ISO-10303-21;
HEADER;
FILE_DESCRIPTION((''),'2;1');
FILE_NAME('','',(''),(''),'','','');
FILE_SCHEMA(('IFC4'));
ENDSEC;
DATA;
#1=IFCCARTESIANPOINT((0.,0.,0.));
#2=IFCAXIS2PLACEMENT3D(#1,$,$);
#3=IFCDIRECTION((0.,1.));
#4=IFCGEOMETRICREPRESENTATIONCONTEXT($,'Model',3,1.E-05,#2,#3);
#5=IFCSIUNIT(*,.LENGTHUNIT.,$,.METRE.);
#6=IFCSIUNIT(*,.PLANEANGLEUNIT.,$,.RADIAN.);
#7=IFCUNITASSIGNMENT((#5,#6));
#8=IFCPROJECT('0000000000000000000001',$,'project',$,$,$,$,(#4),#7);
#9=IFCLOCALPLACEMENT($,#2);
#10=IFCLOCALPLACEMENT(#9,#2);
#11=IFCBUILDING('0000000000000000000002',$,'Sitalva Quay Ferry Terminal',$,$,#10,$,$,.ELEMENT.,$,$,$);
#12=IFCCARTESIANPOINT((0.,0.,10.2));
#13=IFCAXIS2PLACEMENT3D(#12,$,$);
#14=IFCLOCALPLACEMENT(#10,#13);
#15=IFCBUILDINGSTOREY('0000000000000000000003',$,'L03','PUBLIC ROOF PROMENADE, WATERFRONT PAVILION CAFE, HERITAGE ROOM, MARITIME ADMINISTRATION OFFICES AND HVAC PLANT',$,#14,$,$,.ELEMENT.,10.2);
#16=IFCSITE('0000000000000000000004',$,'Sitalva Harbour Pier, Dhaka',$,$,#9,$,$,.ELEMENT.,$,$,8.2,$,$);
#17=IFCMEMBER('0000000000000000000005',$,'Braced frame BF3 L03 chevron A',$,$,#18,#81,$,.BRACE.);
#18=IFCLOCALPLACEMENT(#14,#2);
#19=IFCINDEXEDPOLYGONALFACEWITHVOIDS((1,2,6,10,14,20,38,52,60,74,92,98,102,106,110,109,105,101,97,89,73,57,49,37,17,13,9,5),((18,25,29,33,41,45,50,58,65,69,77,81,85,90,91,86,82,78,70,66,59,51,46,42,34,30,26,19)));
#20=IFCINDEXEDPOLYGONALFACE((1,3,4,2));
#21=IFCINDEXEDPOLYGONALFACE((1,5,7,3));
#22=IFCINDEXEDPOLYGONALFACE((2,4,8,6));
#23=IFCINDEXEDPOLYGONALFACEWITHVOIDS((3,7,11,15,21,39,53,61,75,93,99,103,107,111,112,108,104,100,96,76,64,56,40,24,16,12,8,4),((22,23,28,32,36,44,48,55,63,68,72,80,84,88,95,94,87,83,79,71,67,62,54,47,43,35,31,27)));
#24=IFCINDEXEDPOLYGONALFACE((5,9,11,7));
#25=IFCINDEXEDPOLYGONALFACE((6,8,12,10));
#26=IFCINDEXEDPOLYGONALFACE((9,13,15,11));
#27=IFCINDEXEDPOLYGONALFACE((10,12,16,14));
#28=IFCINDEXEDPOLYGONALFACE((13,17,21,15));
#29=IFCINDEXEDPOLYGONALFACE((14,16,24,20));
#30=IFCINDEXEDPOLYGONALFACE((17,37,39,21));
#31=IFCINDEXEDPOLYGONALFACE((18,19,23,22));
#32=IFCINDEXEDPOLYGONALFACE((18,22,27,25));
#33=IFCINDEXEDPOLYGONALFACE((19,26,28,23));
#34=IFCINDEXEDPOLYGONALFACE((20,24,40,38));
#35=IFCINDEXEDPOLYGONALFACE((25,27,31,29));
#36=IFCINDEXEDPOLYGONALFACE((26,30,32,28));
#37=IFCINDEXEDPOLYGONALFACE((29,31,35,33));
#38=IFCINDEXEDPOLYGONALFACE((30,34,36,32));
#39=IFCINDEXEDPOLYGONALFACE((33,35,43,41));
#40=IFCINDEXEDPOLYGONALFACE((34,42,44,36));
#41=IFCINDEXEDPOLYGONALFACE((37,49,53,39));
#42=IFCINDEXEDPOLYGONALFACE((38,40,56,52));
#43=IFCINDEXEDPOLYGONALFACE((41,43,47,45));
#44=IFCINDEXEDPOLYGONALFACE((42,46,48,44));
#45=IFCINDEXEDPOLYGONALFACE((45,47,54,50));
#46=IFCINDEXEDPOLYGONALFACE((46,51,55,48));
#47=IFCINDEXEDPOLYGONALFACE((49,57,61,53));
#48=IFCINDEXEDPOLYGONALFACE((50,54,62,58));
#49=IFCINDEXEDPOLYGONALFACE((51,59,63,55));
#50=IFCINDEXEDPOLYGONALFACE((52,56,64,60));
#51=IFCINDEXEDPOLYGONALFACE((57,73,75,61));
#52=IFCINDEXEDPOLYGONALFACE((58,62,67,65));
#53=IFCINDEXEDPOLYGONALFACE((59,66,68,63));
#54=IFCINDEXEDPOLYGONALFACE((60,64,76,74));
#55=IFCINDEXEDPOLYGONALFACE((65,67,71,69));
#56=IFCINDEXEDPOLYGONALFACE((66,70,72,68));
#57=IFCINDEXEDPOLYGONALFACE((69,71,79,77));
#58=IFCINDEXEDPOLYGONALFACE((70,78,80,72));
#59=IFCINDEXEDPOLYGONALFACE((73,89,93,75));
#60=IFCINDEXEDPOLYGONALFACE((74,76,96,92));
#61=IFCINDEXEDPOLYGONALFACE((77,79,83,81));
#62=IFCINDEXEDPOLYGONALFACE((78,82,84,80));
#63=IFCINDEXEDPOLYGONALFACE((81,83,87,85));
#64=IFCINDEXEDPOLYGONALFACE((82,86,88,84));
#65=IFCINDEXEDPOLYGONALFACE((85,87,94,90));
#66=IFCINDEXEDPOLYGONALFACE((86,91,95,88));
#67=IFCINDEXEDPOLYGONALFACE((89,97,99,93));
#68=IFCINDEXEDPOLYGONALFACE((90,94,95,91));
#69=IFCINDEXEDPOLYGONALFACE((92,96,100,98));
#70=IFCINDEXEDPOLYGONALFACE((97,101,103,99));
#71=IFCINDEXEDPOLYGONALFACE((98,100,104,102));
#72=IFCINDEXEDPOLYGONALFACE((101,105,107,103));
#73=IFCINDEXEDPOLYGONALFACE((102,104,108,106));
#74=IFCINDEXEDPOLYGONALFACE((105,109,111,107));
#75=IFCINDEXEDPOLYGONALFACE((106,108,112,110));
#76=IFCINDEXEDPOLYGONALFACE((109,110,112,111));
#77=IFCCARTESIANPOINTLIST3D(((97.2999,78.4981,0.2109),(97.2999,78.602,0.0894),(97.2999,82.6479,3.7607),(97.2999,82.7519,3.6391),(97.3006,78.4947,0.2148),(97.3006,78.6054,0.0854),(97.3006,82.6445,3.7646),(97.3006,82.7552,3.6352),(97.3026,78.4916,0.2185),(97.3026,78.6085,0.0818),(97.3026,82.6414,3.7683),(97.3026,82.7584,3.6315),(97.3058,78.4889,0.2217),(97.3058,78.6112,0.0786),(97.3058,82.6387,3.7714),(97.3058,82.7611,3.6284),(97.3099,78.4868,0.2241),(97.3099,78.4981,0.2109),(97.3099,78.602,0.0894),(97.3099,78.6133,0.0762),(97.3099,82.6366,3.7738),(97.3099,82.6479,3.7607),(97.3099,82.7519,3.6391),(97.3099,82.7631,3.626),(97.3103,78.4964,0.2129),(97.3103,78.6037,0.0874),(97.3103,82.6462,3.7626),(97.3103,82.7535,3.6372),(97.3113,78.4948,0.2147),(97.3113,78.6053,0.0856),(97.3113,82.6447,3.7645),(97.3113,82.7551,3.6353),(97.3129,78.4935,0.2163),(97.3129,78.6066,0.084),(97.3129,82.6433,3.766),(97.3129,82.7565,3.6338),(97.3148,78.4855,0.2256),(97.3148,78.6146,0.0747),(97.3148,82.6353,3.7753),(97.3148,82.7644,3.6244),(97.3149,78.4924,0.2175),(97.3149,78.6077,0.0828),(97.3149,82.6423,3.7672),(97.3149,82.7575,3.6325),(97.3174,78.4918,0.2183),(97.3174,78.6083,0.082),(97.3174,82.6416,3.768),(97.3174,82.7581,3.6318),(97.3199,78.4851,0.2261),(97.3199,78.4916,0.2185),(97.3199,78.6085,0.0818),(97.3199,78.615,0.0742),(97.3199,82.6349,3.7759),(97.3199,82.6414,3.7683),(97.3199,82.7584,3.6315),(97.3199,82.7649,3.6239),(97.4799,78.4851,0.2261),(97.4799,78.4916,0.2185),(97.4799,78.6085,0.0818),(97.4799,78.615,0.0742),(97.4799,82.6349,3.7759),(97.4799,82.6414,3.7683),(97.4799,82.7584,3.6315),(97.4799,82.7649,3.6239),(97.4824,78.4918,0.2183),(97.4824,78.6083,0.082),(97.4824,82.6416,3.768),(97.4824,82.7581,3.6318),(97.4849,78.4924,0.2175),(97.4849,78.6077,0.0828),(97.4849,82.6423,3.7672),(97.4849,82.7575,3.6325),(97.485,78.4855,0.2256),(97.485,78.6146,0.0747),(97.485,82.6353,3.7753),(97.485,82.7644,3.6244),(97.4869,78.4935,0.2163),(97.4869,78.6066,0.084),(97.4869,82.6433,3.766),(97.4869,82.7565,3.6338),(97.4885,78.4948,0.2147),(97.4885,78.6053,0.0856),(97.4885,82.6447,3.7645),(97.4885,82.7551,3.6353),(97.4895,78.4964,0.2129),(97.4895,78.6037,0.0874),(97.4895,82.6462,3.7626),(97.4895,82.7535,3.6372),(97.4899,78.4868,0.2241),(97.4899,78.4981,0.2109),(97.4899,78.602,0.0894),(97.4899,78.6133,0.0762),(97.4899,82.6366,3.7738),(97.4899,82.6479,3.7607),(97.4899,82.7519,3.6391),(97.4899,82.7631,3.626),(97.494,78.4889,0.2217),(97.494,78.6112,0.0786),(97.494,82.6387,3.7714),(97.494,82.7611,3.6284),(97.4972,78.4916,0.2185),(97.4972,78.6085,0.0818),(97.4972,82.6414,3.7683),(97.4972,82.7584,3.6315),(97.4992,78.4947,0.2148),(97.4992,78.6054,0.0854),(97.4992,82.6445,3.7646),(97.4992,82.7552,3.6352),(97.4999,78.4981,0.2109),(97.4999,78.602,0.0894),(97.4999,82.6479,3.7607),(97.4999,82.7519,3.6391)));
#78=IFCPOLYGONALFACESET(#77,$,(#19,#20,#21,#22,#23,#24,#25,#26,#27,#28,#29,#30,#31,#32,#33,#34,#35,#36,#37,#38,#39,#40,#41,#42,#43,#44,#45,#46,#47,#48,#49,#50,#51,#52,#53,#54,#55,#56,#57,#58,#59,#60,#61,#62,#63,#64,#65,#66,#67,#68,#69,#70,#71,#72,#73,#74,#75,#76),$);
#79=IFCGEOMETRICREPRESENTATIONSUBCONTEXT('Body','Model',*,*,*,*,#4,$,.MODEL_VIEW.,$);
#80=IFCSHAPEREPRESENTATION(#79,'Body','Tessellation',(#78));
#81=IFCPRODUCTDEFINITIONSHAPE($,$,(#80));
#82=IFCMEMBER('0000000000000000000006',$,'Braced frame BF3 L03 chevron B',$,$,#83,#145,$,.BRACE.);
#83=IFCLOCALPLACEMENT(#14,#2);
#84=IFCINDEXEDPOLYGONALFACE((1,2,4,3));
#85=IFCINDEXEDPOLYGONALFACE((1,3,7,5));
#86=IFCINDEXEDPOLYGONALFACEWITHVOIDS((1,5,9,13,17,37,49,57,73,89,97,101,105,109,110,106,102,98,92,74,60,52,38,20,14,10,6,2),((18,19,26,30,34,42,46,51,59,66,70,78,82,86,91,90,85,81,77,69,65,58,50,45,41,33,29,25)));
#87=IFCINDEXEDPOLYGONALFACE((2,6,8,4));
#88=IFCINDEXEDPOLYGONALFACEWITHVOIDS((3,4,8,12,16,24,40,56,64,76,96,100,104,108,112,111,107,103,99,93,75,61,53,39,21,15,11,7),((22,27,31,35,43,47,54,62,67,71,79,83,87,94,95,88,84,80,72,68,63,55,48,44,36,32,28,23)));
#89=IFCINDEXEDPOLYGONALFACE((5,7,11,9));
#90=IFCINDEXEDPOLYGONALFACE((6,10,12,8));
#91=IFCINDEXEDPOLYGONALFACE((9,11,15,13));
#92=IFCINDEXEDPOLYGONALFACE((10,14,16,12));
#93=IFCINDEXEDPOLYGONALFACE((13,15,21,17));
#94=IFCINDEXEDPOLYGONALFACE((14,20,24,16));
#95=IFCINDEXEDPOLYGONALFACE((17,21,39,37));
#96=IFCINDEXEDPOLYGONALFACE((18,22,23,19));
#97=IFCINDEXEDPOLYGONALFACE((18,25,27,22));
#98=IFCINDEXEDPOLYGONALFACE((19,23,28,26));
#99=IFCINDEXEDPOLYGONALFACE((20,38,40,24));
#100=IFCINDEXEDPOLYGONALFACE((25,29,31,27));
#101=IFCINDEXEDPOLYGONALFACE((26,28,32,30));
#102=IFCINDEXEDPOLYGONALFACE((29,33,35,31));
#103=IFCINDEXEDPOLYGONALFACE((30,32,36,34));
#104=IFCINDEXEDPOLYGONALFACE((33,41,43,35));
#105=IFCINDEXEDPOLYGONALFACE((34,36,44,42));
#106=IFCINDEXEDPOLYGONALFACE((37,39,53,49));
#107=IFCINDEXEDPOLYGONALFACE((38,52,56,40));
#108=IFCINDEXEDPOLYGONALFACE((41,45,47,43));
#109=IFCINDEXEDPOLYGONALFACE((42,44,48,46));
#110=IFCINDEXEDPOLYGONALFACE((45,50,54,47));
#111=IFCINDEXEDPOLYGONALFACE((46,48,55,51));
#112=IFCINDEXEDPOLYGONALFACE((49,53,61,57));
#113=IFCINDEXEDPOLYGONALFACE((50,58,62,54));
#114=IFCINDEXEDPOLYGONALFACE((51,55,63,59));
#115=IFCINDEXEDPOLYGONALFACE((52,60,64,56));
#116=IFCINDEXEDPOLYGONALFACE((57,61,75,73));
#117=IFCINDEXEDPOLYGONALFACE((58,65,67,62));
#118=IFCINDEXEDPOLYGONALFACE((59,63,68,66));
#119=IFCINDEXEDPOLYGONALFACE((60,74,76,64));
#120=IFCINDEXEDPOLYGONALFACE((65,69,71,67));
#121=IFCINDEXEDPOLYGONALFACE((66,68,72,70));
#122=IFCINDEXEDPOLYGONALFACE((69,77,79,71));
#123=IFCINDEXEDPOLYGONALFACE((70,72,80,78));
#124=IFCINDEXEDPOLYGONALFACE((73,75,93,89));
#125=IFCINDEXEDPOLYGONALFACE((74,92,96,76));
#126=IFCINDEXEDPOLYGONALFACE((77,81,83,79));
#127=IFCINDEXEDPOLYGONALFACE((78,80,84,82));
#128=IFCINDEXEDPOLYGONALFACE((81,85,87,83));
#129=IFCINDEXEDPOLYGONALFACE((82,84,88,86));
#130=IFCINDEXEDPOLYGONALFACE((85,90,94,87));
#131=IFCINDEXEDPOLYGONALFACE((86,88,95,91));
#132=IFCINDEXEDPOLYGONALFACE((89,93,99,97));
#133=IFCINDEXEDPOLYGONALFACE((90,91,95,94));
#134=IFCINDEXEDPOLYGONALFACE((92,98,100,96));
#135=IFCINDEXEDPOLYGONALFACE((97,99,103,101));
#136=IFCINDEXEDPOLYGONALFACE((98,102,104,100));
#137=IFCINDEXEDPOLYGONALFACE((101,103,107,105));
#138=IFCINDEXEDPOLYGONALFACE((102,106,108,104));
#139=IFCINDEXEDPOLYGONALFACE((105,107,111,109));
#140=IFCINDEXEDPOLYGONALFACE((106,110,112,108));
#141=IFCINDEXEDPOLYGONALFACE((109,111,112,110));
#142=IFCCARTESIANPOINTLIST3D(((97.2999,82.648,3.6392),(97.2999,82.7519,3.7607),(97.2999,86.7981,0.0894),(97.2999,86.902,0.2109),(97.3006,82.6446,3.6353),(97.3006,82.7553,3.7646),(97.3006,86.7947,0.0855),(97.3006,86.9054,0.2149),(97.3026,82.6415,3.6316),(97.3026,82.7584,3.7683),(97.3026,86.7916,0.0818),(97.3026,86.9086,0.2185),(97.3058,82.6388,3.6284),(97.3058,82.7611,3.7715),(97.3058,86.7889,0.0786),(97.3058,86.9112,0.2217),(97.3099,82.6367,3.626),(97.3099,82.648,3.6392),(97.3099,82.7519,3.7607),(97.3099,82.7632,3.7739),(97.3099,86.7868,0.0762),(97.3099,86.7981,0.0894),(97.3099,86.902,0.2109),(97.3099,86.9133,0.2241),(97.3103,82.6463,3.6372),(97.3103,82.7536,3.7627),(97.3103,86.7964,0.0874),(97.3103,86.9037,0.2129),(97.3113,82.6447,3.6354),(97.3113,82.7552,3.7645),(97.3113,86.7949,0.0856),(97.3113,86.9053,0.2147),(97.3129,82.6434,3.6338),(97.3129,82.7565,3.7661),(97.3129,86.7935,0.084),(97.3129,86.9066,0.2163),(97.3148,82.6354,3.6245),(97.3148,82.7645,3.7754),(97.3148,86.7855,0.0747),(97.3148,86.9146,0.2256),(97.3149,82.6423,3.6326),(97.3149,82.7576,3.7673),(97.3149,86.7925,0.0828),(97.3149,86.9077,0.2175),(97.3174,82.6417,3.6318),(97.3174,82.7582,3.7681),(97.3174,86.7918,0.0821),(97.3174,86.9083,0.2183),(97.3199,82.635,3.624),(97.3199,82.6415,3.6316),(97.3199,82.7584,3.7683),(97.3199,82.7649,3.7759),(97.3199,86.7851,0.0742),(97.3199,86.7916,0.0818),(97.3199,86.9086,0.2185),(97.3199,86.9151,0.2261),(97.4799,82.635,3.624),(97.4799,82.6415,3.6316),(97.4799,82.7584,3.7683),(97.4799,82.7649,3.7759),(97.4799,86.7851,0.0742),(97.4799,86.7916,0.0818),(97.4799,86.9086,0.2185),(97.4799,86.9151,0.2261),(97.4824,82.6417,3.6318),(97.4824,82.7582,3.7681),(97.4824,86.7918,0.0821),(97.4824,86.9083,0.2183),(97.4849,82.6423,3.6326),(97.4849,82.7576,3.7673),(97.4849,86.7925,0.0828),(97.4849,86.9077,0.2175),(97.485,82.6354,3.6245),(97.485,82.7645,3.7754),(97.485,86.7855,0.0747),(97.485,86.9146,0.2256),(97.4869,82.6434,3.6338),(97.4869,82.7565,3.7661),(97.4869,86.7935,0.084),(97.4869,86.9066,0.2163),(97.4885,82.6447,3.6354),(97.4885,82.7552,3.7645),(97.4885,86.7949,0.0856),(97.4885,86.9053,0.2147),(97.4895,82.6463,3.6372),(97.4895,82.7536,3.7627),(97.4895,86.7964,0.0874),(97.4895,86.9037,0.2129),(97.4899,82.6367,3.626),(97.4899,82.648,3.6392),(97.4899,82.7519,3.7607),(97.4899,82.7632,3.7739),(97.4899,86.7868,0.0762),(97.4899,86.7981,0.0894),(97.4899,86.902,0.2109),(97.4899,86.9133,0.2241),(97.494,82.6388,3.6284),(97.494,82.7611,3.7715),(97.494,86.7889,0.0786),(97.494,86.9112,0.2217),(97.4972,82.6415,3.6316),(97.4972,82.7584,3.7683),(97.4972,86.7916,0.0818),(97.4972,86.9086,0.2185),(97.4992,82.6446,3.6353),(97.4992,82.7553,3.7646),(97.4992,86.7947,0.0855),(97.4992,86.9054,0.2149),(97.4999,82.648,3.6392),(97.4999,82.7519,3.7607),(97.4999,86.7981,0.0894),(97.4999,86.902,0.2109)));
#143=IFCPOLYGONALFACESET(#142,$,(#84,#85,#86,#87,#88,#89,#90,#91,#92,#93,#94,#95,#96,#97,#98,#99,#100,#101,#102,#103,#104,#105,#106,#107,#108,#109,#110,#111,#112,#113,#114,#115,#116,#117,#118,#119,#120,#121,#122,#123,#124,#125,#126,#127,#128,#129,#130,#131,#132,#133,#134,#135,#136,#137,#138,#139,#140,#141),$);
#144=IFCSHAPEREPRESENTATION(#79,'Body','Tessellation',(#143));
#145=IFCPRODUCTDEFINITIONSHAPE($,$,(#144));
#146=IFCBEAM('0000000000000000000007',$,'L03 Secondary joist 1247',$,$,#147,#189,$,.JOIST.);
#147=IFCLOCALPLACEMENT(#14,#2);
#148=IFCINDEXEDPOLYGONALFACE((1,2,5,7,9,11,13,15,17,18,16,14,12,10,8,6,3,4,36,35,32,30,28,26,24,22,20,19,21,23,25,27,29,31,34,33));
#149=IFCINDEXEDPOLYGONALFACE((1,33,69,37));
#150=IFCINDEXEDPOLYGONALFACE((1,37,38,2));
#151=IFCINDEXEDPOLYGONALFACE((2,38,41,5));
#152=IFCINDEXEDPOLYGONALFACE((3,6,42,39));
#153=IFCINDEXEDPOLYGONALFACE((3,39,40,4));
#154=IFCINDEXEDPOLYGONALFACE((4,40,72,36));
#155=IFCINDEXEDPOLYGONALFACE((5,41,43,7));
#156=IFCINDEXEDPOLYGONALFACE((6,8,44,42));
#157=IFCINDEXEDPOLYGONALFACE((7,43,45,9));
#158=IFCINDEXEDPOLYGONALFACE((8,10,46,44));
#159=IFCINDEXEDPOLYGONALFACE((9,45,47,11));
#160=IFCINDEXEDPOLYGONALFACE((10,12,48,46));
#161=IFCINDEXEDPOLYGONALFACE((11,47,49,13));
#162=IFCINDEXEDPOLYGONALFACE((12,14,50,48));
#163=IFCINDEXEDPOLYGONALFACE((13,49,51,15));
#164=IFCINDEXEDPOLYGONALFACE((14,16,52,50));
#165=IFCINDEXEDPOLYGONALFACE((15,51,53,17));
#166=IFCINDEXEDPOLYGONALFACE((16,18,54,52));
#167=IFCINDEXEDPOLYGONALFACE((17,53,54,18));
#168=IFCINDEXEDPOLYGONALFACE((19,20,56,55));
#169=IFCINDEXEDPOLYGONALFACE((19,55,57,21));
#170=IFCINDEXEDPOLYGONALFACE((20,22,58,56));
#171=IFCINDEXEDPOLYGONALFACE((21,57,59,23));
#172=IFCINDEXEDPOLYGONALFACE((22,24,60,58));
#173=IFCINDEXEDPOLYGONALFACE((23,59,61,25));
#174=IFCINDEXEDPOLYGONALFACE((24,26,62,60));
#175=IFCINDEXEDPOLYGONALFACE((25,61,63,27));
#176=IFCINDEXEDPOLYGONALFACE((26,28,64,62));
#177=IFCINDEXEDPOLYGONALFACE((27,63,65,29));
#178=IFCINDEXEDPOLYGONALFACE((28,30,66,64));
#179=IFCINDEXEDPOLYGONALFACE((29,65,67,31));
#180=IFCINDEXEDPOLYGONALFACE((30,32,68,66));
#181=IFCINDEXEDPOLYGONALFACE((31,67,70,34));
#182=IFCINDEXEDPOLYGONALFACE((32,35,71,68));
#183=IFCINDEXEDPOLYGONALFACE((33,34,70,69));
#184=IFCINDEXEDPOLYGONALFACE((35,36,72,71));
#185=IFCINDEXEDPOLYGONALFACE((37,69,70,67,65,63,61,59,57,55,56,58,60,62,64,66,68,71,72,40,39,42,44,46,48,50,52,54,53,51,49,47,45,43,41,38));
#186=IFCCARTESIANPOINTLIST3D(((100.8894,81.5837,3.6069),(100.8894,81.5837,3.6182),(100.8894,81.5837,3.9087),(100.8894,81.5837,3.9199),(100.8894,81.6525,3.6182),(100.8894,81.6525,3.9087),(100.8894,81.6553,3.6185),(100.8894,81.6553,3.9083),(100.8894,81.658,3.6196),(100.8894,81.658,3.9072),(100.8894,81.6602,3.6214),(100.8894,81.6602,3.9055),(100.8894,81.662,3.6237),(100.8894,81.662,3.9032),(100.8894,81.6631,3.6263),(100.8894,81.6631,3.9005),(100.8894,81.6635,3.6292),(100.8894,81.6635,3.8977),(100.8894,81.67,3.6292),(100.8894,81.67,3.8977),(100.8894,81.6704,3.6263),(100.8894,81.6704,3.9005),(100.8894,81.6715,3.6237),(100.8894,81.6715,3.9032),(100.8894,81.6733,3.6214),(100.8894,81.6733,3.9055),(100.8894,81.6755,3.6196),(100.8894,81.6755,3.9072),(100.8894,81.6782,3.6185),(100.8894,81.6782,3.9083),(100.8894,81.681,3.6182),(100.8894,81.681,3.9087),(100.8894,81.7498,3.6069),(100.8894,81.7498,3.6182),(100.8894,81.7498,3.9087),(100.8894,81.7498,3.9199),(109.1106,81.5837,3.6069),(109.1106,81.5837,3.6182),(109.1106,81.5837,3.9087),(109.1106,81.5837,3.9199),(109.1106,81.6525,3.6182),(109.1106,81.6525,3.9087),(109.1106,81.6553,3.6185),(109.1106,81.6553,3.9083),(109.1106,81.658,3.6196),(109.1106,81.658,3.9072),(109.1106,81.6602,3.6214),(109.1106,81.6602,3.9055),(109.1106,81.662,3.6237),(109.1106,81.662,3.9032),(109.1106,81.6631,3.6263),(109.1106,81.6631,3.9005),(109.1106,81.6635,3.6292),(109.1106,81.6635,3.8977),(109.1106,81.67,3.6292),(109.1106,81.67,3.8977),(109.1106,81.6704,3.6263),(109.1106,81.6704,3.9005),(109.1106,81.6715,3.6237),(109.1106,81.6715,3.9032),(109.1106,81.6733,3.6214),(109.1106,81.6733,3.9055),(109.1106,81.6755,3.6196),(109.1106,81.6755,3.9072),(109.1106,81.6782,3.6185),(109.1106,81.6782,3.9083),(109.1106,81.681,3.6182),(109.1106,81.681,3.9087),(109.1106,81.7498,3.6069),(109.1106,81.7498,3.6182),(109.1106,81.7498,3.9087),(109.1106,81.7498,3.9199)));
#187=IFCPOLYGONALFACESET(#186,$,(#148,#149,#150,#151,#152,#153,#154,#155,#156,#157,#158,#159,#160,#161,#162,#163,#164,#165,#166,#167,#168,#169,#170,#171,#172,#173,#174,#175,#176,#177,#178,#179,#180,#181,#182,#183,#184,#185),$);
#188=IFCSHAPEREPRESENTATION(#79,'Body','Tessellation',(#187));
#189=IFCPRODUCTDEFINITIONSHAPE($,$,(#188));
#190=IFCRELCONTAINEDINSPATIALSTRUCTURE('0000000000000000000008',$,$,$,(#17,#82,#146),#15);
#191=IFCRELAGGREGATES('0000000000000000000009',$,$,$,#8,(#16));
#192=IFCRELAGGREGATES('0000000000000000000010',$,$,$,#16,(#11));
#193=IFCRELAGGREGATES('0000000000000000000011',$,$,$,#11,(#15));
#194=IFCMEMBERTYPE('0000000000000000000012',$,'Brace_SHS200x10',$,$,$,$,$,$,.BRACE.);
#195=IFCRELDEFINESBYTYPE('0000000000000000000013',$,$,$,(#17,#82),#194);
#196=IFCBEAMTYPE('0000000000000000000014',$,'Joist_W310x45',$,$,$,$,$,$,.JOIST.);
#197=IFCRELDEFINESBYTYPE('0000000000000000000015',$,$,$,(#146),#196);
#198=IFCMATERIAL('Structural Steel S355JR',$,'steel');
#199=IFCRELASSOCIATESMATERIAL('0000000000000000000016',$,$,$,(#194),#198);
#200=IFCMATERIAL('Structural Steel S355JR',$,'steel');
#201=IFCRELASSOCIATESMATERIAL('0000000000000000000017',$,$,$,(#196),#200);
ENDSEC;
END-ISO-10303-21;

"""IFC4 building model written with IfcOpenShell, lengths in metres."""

from ifc_helpers import new_model, si_unit, direction, frame, origin, origin_2d, place, context, subcontext, project, spatial, hollow_rectangle, i_section, extrude, material, material_profile, profile_set, type_object, element, save


model = new_model("IFC4")

# Units and contexts
model_context = context("Model", 3, precision=1e-05, world=origin(), true_north=direction((0.0, 1.0)))
body_context = subcontext(model_context, "Body", "Model", "MODEL_VIEW")
ifc_project = project(units=[si_unit("LENGTHUNIT", "METRE"), si_unit("PLANEANGLEUNIT", "RADIAN")], contexts=[model_context])

# Site, building, storey
site_placement = place(None, origin())
site = spatial("IfcSite", under=ifc_project, at=site_placement, Name="Sitalva Harbour Pier, Dhaka", CompositionType="ELEMENT", RefElevation=8.2)
building_placement = place(site_placement, origin())
building = spatial("IfcBuilding", under=site, at=building_placement, Name="Sitalva Quay Ferry Terminal", CompositionType="ELEMENT")
storey_placement = place(building_placement, frame((0.0, 0.0, 10.2)))
storey = spatial("IfcBuildingStorey", under=building, at=storey_placement, Name="L03", Description="PUBLIC ROOF PROMENADE, WATERFRONT PAVILION CAFE, HERITAGE ROOM, MARITIME ADMINISTRATION OFFICES AND HVAC PLANT", CompositionType="ELEMENT", Elevation=10.2)

# Members
ifc_material_1 = material(Name="Structural Steel S355JR", Category="steel")
ifc_material_profile_1 = material_profile(ifc_material_1, hollow_rectangle(XDim=0.2, YDim=0.2, WallThickness=0.01, InnerFilletRadius=0.01, OuterFilletRadius=0.02, at=origin_2d()), Name="SHS200x200x10")
ifc_profile_set_1 = profile_set([ifc_material_profile_1], Name="Structural Steel S355JR")
member_type = type_object("IfcMemberType", Name="Brace_SHS200x10", PredefinedType="BRACE", material=ifc_profile_set_1)
member_1_placement = place(storey_placement, frame((97.3999, 78.55, 0.1501), z_axis=(0.0, 0.759913, 0.650025), x_axis=(-1.0, 0.0, 0.0)))
element("IfcMember", 1, at=member_1_placement, inside=storey, type_object=member_type, Name="Braced frame BF3 L03 chevron A", PredefinedType="BRACE", context=body_context, shape_type="SweptSolid", body=[
    extrude(hollow_rectangle(XDim=0.2, YDim=0.2, WallThickness=0.01, InnerFilletRadius=0.01, OuterFilletRadius=0.02, at=origin_2d()), origin(), (0.0, 0.0, 1.0), 5.4609),
])
member_2_placement = place(storey_placement, frame((97.3999, 82.7, 3.7), z_axis=(0.0, 0.759931, -0.650003), x_axis=(-1.0, 0.0, 0.0)))
element("IfcMember", 2, at=member_2_placement, inside=storey, type_object=member_type, Name="Braced frame BF3 L03 chevron B", PredefinedType="BRACE", context=body_context, shape_type="SweptSolid", body=[
    extrude(hollow_rectangle(XDim=0.2, YDim=0.2, WallThickness=0.01, InnerFilletRadius=0.01, OuterFilletRadius=0.02, at=origin_2d()), origin(), (0.0, 0.0, 1.0), 5.4612),
])

# Beam
ifc_material_2 = material(Name="Structural Steel S355JR", Category="steel")
ifc_material_profile_2 = material_profile(ifc_material_2, i_section(OverallWidth=0.166, OverallDepth=0.313, WebThickness=0.0066, FlangeThickness=0.0112, FilletRadius=0.011, at=origin_2d()), Name="W310x45")
ifc_profile_set_2 = profile_set([ifc_material_profile_2], Name="Structural Steel S355JR")
beam_type_1 = type_object("IfcBeamType", Name="Joist_W310x45", PredefinedType="JOIST", material=ifc_profile_set_2)
for number, where, z_axis, x_axis, name in (
    (3, (100.8894, 81.6667, 3.7634), (1.0, 0.0, 0.0), (0.0, 1.0, 0.0), "L03 Secondary joist 1247"),
):
    element("IfcBeam", number, at=place(storey_placement, frame(where, z_axis=z_axis, x_axis=x_axis)), inside=storey, type_object=beam_type_1, Name=name, PredefinedType="JOIST", context=body_context, shape_type="SweptSolid", body=[
        extrude(i_section(OverallWidth=0.166, OverallDepth=0.313, WebThickness=0.0066, FlangeThickness=0.0112, FilletRadius=0.011, at=origin_2d()), origin(), (0.0, 0.0, 1.0), 8.2212),
    ])

save(model, "model.ifc")
